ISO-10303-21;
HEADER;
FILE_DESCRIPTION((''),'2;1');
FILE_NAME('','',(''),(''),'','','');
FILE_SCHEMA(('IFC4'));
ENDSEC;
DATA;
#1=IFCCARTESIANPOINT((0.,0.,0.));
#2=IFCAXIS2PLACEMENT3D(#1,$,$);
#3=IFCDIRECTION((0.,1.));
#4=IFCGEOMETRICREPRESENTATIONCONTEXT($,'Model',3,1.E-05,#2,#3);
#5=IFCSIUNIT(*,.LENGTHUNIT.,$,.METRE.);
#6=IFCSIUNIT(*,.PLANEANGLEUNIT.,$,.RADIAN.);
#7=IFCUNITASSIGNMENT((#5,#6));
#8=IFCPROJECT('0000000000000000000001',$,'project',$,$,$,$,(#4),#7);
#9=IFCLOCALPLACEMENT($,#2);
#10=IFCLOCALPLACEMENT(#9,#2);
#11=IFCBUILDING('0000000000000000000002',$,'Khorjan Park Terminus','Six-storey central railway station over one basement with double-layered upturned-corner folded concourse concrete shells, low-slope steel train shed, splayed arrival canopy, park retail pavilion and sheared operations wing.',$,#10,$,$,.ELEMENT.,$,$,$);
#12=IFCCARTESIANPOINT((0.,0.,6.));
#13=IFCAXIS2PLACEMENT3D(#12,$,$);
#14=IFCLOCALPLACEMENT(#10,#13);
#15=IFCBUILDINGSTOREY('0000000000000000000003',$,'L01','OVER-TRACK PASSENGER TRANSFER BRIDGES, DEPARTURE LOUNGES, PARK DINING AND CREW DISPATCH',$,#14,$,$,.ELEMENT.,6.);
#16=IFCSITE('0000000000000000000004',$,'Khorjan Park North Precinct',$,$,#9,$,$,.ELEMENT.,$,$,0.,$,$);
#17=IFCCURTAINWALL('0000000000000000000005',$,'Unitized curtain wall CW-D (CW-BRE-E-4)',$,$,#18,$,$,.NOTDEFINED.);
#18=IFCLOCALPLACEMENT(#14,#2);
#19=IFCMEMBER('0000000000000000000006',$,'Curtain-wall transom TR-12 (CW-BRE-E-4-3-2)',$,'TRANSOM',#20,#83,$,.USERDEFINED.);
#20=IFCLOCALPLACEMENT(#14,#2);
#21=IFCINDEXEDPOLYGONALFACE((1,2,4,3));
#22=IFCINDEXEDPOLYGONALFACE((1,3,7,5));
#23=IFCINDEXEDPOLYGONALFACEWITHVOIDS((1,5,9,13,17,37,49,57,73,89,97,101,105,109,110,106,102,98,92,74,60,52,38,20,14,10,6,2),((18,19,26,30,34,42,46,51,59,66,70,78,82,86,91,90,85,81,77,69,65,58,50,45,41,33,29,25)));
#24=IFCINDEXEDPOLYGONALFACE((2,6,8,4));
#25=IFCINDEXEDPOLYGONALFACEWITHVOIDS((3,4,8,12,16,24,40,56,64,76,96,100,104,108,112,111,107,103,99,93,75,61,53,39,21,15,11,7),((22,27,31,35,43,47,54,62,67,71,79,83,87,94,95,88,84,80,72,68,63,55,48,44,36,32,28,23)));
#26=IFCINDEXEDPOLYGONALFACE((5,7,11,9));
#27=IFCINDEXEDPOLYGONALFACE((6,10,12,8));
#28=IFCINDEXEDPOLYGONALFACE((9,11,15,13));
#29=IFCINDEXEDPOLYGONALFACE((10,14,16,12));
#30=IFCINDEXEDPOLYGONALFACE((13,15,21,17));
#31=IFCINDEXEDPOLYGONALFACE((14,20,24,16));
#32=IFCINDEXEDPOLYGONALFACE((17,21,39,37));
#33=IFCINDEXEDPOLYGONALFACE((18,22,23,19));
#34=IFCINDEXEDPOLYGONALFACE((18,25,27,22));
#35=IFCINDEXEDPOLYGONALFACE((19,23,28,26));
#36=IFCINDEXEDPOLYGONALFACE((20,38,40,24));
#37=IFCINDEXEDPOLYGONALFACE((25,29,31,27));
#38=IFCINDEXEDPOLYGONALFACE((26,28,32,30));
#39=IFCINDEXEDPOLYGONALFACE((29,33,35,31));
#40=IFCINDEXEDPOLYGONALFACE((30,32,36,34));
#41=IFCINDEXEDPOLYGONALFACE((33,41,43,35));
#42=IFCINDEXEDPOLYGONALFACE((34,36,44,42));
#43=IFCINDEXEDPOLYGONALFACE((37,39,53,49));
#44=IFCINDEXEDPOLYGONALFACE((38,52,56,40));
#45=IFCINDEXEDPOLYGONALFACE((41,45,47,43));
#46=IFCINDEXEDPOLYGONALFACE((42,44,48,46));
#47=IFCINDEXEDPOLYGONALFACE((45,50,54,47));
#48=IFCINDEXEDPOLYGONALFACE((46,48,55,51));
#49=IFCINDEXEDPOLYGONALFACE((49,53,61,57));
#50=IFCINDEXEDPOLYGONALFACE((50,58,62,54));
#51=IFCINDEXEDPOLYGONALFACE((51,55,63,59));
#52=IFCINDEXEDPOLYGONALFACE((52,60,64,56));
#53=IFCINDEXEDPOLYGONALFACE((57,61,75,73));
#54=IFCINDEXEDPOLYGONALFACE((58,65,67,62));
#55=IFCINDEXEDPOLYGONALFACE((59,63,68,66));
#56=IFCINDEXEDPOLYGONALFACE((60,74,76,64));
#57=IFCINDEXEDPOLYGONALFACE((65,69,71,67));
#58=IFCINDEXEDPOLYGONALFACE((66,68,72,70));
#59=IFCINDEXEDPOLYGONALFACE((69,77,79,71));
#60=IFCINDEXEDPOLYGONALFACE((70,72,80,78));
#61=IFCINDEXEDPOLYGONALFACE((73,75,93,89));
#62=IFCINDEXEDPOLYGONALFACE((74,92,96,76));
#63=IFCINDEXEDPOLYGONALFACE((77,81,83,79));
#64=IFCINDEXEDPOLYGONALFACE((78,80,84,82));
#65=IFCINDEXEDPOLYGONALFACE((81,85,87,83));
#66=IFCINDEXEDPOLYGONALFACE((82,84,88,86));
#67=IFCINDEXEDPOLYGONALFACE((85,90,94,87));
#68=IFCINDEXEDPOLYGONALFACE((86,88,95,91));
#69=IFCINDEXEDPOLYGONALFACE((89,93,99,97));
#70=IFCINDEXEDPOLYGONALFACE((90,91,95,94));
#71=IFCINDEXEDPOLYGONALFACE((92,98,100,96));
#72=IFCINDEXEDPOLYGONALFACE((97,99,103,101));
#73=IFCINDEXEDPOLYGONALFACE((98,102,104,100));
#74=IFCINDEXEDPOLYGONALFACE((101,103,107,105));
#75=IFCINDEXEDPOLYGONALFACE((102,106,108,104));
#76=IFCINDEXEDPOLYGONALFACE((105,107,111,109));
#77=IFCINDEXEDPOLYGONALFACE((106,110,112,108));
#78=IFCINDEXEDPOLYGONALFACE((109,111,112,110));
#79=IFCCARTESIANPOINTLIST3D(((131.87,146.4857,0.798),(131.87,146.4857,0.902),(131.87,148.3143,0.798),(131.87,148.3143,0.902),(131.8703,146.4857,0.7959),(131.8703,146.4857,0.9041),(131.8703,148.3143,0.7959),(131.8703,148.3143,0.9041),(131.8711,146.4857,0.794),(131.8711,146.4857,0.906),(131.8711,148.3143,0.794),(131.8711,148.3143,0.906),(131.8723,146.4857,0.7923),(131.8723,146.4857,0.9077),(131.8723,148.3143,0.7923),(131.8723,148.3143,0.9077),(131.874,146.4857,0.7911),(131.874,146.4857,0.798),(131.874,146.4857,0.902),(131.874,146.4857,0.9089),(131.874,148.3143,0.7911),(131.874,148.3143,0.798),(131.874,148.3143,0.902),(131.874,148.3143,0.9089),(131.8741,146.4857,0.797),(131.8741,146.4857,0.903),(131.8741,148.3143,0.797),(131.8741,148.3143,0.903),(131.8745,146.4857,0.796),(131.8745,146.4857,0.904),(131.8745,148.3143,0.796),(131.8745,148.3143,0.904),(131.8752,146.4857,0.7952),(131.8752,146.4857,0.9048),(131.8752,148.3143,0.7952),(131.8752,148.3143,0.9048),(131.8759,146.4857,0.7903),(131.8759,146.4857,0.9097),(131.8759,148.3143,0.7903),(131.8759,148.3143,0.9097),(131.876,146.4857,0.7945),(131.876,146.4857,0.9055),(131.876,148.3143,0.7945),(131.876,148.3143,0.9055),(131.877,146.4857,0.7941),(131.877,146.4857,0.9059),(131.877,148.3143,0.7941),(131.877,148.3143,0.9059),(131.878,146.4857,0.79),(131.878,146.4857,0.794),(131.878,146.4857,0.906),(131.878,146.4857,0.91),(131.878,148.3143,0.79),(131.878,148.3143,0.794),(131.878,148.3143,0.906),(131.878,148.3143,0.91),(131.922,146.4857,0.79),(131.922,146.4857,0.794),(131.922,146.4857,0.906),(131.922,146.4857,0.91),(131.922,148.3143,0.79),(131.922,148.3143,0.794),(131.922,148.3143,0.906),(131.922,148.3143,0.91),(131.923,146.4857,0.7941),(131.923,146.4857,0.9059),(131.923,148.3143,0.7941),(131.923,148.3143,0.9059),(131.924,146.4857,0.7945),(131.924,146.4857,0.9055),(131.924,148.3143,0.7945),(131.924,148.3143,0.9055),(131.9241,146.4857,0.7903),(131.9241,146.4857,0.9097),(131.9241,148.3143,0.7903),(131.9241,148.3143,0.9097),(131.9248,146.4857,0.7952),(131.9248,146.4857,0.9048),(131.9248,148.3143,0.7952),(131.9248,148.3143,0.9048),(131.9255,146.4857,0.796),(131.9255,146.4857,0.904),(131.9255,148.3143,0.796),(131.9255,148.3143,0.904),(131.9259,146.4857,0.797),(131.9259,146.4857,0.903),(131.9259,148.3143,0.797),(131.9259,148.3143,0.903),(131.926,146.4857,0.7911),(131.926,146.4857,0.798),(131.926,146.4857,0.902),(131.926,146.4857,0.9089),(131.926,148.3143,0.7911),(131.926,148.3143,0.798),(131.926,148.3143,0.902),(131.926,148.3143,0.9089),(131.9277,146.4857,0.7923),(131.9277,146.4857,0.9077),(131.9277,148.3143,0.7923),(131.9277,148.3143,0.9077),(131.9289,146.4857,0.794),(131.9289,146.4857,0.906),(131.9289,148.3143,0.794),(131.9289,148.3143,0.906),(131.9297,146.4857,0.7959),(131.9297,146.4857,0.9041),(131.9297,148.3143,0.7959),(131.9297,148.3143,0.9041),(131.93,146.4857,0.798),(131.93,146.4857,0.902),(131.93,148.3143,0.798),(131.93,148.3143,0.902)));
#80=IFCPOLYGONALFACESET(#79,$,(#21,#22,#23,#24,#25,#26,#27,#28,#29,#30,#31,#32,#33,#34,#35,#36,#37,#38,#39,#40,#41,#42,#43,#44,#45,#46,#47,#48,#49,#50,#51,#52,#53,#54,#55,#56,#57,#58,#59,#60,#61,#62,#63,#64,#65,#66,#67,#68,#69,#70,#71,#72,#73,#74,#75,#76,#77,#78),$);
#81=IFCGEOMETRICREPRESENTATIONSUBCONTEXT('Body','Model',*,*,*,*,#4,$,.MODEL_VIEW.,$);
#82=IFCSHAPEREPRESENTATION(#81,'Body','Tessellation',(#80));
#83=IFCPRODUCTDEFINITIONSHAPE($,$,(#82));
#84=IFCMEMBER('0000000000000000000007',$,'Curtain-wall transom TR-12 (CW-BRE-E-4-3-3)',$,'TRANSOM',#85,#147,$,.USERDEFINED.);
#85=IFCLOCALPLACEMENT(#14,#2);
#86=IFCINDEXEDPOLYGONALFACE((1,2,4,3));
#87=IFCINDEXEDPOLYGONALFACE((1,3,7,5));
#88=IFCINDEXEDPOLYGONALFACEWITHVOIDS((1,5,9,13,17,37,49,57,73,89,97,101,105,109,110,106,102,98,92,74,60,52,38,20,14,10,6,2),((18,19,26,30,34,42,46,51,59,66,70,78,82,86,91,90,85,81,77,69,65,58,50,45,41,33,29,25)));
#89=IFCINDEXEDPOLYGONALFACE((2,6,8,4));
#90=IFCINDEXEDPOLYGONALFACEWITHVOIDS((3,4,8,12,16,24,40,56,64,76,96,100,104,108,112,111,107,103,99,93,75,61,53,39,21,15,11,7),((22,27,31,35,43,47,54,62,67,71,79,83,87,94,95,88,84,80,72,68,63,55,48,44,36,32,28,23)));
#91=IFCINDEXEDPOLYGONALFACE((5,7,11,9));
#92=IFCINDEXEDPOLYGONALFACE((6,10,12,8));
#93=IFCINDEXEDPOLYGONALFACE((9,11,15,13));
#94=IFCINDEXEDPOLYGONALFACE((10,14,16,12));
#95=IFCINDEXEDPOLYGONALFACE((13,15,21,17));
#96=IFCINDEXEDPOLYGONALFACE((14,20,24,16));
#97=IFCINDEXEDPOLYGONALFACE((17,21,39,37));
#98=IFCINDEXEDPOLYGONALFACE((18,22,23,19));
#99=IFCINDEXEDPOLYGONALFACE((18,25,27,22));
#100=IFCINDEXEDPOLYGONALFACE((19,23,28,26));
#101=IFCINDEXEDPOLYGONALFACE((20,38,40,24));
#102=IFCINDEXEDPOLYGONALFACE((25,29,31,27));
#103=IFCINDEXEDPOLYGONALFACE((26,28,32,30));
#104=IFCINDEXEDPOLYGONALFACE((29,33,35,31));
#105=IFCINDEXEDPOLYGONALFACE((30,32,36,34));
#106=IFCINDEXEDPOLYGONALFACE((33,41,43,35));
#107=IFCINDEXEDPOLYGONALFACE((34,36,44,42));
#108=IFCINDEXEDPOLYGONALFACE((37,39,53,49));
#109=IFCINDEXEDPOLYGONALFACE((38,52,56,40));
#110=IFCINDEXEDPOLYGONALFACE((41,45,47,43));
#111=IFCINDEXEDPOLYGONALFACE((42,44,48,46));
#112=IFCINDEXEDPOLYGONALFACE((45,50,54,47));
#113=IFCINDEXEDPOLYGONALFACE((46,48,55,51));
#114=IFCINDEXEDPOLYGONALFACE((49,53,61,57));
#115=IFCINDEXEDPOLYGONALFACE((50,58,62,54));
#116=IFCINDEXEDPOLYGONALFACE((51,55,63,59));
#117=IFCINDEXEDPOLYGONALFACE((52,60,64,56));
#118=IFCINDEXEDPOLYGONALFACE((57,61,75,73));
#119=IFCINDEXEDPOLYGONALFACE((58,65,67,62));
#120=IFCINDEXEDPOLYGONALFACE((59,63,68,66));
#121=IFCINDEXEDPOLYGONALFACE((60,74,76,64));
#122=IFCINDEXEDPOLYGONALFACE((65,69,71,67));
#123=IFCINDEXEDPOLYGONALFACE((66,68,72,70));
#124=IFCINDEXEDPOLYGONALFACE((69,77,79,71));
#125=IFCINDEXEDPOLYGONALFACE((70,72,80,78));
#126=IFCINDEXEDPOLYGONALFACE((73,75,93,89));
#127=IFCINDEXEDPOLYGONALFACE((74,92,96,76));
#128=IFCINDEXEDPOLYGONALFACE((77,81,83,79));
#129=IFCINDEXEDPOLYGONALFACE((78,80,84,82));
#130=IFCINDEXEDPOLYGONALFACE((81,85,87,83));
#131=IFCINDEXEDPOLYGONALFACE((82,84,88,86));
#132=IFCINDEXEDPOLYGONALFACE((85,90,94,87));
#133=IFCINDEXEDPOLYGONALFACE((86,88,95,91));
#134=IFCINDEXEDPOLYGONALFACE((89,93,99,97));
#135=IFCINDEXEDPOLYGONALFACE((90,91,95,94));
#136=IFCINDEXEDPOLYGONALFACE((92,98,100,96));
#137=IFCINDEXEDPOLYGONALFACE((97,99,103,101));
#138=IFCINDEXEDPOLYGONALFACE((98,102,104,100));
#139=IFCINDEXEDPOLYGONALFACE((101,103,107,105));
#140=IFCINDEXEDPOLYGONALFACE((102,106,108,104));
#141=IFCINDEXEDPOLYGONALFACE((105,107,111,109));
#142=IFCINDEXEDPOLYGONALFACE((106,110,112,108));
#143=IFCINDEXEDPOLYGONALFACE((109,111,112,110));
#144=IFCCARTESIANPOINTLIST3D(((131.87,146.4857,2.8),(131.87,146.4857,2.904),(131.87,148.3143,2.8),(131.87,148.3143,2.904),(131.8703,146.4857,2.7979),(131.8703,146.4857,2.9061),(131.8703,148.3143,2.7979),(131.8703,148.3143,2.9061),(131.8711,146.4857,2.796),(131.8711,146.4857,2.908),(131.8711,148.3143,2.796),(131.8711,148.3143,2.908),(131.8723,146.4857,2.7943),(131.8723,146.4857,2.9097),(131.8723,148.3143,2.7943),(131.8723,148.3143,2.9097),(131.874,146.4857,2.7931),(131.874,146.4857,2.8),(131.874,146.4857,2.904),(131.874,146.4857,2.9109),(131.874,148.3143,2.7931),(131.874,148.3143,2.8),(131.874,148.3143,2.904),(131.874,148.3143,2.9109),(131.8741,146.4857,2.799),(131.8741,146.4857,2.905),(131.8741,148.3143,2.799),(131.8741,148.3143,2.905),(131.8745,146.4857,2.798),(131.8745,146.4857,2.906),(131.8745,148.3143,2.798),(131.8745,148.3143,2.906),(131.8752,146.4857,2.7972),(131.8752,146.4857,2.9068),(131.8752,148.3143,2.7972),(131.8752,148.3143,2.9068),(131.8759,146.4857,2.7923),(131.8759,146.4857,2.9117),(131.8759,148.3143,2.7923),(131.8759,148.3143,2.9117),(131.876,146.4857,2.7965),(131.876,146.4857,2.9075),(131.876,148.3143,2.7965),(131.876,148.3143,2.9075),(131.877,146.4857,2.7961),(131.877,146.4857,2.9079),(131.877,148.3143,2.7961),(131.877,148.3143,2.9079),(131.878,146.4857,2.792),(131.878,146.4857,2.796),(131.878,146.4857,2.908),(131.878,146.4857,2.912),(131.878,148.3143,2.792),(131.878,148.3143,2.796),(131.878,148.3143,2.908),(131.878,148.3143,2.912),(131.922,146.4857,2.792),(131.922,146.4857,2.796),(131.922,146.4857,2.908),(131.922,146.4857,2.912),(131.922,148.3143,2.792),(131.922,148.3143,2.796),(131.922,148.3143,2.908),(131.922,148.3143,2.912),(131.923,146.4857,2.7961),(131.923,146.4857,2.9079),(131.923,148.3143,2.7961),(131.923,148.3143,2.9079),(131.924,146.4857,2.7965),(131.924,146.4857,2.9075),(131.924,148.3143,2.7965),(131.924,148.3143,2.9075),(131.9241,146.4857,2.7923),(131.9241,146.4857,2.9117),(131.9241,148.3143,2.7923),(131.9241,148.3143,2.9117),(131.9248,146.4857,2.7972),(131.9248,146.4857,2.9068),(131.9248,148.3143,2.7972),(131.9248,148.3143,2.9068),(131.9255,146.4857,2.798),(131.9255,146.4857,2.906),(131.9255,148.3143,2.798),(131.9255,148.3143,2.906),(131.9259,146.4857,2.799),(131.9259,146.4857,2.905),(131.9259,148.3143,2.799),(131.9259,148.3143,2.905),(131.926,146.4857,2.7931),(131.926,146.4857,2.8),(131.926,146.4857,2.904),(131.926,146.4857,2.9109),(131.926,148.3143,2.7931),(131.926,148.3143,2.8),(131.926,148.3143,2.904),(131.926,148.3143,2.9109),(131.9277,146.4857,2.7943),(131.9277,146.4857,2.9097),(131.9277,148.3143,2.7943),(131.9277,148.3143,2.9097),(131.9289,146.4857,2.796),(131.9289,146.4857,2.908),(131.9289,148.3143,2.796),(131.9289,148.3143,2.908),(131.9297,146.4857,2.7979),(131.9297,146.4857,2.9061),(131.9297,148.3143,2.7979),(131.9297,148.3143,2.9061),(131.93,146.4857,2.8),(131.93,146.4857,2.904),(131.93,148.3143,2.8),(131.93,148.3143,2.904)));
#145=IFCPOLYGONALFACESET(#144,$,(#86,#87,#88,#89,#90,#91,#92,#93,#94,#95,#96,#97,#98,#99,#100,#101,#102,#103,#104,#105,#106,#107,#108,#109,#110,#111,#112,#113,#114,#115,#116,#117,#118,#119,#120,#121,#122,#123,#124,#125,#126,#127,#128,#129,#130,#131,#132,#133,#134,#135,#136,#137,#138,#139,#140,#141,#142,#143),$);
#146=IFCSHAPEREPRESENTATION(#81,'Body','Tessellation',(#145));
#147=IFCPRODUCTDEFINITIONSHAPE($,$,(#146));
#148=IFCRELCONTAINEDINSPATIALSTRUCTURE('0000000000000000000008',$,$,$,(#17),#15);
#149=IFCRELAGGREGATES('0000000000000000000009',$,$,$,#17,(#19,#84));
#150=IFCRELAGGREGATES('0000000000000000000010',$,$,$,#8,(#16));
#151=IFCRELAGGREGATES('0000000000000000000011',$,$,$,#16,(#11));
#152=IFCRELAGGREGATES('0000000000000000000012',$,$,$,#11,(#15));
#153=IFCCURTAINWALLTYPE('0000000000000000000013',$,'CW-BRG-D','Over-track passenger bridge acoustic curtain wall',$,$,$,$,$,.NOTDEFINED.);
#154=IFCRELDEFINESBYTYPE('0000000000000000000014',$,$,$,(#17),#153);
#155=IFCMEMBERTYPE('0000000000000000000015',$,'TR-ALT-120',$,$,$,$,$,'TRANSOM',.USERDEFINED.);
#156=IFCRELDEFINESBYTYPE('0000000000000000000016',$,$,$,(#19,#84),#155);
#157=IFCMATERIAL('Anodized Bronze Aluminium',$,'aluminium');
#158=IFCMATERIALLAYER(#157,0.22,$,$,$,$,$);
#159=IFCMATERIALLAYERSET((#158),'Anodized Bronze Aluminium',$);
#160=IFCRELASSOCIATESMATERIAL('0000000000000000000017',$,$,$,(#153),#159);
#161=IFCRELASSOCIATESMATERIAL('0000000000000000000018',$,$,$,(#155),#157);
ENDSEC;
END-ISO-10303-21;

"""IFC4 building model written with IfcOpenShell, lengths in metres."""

from ifc_helpers import new_model, si_unit, direction, frame, origin, origin_2d, place, context, subcontext, project, spatial, hollow_rectangle, extrude, material, layer, layer_set, material_profile, profile_set, type_object, element, aggregate, save


model = new_model("IFC4")

# Units and contexts
model_context = context("Model", 3, precision=1e-05, world=origin(), true_north=direction((0.0, 1.0)))
body_context = subcontext(model_context, "Body", "Model", "MODEL_VIEW")
ifc_project = project(units=[si_unit("LENGTHUNIT", "METRE"), si_unit("PLANEANGLEUNIT", "RADIAN")], contexts=[model_context])

# Site, building, storey
site_placement = place(None, origin())
site = spatial("IfcSite", under=ifc_project, at=site_placement, Name="Khorjan Park North Precinct", CompositionType="ELEMENT", RefElevation=0.0)
building_placement = place(site_placement, origin())
building = spatial("IfcBuilding", under=site, at=building_placement, Name="Khorjan Park Terminus", Description="Six-storey central railway station over one basement with double-layered upturned-corner folded concourse concrete shells, low-slope steel train shed, splayed arrival canopy, park retail pavilion and sheared operations wing.", CompositionType="ELEMENT")
storey_placement = place(building_placement, frame((0.0, 0.0, 6.0)))
storey = spatial("IfcBuildingStorey", under=building, at=storey_placement, Name="L01", Description="OVER-TRACK PASSENGER TRANSFER BRIDGES, DEPARTURE LOUNGES, PARK DINING AND CREW DISPATCH", CompositionType="ELEMENT", Elevation=6.0)

# Curtain wall, members
ifc_material_1 = material(Name="Anodized Bronze Aluminium", Category="aluminium")
ifc_layer_1 = layer(ifc_material_1, 0.22)
ifc_layer_set_1 = layer_set([ifc_layer_1], Name="Anodized Bronze Aluminium")
curtain_wall_type = type_object("IfcCurtainWallType", Name="CW-BRG-D", Description="Over-track passenger bridge acoustic curtain wall", PredefinedType="NOTDEFINED", material=ifc_layer_set_1)
curtain_wall_placement = place(storey_placement, origin())
curtain_wall = element("IfcCurtainWall", 1, at=curtain_wall_placement, inside=storey, type_object=curtain_wall_type, Name="Unitized curtain wall CW-D (CW-BRE-E-4)", PredefinedType="NOTDEFINED")
ifc_material_profile_1 = material_profile(ifc_material_1, hollow_rectangle(XDim=0.06, YDim=0.12, WallThickness=0.004, InnerFilletRadius=0.004, OuterFilletRadius=0.008, at=origin_2d()), Name="ALT 60x120x4")
ifc_profile_set_1 = profile_set([ifc_material_profile_1], Name="Anodized Bronze Aluminium")
member_type_1 = type_object("IfcMemberType", Name="TR-ALT-120", ElementType="TRANSOM", PredefinedType="USERDEFINED", material=ifc_profile_set_1)
member_1_placement = place(storey_placement, frame((131.9, 146.4857, 0.85), z_axis=(0.0, 1.0, 0.0), x_axis=(-1.0, 0.0, 0.0)))
member_1 = element("IfcMember", 2, at=member_1_placement, type_object=member_type_1, Name="Curtain-wall transom TR-12 (CW-BRE-E-4-3-2)", ObjectType="TRANSOM", PredefinedType="USERDEFINED", context=body_context, shape_type="SweptSolid", body=[
    extrude(hollow_rectangle(XDim=0.06, YDim=0.12, WallThickness=0.004, InnerFilletRadius=0.004, OuterFilletRadius=0.008, at=origin_2d()), origin(), (0.0, 0.0, 1.0), 1.8286),
])
member_2_placement = place(storey_placement, frame((131.9, 146.4857, 2.852), z_axis=(0.0, 1.0, 0.0), x_axis=(-1.0, 0.0, 0.0)))
member_2 = element("IfcMember", 3, at=member_2_placement, type_object=member_type_1, Name="Curtain-wall transom TR-12 (CW-BRE-E-4-3-3)", ObjectType="TRANSOM", PredefinedType="USERDEFINED", context=body_context, shape_type="SweptSolid", body=[
    extrude(hollow_rectangle(XDim=0.06, YDim=0.12, WallThickness=0.004, InnerFilletRadius=0.004, OuterFilletRadius=0.008, at=origin_2d()), origin(), (0.0, 0.0, 1.0), 1.8286),
])
aggregate(curtain_wall, [member_1, member_2])

save(model, "model.ifc")
